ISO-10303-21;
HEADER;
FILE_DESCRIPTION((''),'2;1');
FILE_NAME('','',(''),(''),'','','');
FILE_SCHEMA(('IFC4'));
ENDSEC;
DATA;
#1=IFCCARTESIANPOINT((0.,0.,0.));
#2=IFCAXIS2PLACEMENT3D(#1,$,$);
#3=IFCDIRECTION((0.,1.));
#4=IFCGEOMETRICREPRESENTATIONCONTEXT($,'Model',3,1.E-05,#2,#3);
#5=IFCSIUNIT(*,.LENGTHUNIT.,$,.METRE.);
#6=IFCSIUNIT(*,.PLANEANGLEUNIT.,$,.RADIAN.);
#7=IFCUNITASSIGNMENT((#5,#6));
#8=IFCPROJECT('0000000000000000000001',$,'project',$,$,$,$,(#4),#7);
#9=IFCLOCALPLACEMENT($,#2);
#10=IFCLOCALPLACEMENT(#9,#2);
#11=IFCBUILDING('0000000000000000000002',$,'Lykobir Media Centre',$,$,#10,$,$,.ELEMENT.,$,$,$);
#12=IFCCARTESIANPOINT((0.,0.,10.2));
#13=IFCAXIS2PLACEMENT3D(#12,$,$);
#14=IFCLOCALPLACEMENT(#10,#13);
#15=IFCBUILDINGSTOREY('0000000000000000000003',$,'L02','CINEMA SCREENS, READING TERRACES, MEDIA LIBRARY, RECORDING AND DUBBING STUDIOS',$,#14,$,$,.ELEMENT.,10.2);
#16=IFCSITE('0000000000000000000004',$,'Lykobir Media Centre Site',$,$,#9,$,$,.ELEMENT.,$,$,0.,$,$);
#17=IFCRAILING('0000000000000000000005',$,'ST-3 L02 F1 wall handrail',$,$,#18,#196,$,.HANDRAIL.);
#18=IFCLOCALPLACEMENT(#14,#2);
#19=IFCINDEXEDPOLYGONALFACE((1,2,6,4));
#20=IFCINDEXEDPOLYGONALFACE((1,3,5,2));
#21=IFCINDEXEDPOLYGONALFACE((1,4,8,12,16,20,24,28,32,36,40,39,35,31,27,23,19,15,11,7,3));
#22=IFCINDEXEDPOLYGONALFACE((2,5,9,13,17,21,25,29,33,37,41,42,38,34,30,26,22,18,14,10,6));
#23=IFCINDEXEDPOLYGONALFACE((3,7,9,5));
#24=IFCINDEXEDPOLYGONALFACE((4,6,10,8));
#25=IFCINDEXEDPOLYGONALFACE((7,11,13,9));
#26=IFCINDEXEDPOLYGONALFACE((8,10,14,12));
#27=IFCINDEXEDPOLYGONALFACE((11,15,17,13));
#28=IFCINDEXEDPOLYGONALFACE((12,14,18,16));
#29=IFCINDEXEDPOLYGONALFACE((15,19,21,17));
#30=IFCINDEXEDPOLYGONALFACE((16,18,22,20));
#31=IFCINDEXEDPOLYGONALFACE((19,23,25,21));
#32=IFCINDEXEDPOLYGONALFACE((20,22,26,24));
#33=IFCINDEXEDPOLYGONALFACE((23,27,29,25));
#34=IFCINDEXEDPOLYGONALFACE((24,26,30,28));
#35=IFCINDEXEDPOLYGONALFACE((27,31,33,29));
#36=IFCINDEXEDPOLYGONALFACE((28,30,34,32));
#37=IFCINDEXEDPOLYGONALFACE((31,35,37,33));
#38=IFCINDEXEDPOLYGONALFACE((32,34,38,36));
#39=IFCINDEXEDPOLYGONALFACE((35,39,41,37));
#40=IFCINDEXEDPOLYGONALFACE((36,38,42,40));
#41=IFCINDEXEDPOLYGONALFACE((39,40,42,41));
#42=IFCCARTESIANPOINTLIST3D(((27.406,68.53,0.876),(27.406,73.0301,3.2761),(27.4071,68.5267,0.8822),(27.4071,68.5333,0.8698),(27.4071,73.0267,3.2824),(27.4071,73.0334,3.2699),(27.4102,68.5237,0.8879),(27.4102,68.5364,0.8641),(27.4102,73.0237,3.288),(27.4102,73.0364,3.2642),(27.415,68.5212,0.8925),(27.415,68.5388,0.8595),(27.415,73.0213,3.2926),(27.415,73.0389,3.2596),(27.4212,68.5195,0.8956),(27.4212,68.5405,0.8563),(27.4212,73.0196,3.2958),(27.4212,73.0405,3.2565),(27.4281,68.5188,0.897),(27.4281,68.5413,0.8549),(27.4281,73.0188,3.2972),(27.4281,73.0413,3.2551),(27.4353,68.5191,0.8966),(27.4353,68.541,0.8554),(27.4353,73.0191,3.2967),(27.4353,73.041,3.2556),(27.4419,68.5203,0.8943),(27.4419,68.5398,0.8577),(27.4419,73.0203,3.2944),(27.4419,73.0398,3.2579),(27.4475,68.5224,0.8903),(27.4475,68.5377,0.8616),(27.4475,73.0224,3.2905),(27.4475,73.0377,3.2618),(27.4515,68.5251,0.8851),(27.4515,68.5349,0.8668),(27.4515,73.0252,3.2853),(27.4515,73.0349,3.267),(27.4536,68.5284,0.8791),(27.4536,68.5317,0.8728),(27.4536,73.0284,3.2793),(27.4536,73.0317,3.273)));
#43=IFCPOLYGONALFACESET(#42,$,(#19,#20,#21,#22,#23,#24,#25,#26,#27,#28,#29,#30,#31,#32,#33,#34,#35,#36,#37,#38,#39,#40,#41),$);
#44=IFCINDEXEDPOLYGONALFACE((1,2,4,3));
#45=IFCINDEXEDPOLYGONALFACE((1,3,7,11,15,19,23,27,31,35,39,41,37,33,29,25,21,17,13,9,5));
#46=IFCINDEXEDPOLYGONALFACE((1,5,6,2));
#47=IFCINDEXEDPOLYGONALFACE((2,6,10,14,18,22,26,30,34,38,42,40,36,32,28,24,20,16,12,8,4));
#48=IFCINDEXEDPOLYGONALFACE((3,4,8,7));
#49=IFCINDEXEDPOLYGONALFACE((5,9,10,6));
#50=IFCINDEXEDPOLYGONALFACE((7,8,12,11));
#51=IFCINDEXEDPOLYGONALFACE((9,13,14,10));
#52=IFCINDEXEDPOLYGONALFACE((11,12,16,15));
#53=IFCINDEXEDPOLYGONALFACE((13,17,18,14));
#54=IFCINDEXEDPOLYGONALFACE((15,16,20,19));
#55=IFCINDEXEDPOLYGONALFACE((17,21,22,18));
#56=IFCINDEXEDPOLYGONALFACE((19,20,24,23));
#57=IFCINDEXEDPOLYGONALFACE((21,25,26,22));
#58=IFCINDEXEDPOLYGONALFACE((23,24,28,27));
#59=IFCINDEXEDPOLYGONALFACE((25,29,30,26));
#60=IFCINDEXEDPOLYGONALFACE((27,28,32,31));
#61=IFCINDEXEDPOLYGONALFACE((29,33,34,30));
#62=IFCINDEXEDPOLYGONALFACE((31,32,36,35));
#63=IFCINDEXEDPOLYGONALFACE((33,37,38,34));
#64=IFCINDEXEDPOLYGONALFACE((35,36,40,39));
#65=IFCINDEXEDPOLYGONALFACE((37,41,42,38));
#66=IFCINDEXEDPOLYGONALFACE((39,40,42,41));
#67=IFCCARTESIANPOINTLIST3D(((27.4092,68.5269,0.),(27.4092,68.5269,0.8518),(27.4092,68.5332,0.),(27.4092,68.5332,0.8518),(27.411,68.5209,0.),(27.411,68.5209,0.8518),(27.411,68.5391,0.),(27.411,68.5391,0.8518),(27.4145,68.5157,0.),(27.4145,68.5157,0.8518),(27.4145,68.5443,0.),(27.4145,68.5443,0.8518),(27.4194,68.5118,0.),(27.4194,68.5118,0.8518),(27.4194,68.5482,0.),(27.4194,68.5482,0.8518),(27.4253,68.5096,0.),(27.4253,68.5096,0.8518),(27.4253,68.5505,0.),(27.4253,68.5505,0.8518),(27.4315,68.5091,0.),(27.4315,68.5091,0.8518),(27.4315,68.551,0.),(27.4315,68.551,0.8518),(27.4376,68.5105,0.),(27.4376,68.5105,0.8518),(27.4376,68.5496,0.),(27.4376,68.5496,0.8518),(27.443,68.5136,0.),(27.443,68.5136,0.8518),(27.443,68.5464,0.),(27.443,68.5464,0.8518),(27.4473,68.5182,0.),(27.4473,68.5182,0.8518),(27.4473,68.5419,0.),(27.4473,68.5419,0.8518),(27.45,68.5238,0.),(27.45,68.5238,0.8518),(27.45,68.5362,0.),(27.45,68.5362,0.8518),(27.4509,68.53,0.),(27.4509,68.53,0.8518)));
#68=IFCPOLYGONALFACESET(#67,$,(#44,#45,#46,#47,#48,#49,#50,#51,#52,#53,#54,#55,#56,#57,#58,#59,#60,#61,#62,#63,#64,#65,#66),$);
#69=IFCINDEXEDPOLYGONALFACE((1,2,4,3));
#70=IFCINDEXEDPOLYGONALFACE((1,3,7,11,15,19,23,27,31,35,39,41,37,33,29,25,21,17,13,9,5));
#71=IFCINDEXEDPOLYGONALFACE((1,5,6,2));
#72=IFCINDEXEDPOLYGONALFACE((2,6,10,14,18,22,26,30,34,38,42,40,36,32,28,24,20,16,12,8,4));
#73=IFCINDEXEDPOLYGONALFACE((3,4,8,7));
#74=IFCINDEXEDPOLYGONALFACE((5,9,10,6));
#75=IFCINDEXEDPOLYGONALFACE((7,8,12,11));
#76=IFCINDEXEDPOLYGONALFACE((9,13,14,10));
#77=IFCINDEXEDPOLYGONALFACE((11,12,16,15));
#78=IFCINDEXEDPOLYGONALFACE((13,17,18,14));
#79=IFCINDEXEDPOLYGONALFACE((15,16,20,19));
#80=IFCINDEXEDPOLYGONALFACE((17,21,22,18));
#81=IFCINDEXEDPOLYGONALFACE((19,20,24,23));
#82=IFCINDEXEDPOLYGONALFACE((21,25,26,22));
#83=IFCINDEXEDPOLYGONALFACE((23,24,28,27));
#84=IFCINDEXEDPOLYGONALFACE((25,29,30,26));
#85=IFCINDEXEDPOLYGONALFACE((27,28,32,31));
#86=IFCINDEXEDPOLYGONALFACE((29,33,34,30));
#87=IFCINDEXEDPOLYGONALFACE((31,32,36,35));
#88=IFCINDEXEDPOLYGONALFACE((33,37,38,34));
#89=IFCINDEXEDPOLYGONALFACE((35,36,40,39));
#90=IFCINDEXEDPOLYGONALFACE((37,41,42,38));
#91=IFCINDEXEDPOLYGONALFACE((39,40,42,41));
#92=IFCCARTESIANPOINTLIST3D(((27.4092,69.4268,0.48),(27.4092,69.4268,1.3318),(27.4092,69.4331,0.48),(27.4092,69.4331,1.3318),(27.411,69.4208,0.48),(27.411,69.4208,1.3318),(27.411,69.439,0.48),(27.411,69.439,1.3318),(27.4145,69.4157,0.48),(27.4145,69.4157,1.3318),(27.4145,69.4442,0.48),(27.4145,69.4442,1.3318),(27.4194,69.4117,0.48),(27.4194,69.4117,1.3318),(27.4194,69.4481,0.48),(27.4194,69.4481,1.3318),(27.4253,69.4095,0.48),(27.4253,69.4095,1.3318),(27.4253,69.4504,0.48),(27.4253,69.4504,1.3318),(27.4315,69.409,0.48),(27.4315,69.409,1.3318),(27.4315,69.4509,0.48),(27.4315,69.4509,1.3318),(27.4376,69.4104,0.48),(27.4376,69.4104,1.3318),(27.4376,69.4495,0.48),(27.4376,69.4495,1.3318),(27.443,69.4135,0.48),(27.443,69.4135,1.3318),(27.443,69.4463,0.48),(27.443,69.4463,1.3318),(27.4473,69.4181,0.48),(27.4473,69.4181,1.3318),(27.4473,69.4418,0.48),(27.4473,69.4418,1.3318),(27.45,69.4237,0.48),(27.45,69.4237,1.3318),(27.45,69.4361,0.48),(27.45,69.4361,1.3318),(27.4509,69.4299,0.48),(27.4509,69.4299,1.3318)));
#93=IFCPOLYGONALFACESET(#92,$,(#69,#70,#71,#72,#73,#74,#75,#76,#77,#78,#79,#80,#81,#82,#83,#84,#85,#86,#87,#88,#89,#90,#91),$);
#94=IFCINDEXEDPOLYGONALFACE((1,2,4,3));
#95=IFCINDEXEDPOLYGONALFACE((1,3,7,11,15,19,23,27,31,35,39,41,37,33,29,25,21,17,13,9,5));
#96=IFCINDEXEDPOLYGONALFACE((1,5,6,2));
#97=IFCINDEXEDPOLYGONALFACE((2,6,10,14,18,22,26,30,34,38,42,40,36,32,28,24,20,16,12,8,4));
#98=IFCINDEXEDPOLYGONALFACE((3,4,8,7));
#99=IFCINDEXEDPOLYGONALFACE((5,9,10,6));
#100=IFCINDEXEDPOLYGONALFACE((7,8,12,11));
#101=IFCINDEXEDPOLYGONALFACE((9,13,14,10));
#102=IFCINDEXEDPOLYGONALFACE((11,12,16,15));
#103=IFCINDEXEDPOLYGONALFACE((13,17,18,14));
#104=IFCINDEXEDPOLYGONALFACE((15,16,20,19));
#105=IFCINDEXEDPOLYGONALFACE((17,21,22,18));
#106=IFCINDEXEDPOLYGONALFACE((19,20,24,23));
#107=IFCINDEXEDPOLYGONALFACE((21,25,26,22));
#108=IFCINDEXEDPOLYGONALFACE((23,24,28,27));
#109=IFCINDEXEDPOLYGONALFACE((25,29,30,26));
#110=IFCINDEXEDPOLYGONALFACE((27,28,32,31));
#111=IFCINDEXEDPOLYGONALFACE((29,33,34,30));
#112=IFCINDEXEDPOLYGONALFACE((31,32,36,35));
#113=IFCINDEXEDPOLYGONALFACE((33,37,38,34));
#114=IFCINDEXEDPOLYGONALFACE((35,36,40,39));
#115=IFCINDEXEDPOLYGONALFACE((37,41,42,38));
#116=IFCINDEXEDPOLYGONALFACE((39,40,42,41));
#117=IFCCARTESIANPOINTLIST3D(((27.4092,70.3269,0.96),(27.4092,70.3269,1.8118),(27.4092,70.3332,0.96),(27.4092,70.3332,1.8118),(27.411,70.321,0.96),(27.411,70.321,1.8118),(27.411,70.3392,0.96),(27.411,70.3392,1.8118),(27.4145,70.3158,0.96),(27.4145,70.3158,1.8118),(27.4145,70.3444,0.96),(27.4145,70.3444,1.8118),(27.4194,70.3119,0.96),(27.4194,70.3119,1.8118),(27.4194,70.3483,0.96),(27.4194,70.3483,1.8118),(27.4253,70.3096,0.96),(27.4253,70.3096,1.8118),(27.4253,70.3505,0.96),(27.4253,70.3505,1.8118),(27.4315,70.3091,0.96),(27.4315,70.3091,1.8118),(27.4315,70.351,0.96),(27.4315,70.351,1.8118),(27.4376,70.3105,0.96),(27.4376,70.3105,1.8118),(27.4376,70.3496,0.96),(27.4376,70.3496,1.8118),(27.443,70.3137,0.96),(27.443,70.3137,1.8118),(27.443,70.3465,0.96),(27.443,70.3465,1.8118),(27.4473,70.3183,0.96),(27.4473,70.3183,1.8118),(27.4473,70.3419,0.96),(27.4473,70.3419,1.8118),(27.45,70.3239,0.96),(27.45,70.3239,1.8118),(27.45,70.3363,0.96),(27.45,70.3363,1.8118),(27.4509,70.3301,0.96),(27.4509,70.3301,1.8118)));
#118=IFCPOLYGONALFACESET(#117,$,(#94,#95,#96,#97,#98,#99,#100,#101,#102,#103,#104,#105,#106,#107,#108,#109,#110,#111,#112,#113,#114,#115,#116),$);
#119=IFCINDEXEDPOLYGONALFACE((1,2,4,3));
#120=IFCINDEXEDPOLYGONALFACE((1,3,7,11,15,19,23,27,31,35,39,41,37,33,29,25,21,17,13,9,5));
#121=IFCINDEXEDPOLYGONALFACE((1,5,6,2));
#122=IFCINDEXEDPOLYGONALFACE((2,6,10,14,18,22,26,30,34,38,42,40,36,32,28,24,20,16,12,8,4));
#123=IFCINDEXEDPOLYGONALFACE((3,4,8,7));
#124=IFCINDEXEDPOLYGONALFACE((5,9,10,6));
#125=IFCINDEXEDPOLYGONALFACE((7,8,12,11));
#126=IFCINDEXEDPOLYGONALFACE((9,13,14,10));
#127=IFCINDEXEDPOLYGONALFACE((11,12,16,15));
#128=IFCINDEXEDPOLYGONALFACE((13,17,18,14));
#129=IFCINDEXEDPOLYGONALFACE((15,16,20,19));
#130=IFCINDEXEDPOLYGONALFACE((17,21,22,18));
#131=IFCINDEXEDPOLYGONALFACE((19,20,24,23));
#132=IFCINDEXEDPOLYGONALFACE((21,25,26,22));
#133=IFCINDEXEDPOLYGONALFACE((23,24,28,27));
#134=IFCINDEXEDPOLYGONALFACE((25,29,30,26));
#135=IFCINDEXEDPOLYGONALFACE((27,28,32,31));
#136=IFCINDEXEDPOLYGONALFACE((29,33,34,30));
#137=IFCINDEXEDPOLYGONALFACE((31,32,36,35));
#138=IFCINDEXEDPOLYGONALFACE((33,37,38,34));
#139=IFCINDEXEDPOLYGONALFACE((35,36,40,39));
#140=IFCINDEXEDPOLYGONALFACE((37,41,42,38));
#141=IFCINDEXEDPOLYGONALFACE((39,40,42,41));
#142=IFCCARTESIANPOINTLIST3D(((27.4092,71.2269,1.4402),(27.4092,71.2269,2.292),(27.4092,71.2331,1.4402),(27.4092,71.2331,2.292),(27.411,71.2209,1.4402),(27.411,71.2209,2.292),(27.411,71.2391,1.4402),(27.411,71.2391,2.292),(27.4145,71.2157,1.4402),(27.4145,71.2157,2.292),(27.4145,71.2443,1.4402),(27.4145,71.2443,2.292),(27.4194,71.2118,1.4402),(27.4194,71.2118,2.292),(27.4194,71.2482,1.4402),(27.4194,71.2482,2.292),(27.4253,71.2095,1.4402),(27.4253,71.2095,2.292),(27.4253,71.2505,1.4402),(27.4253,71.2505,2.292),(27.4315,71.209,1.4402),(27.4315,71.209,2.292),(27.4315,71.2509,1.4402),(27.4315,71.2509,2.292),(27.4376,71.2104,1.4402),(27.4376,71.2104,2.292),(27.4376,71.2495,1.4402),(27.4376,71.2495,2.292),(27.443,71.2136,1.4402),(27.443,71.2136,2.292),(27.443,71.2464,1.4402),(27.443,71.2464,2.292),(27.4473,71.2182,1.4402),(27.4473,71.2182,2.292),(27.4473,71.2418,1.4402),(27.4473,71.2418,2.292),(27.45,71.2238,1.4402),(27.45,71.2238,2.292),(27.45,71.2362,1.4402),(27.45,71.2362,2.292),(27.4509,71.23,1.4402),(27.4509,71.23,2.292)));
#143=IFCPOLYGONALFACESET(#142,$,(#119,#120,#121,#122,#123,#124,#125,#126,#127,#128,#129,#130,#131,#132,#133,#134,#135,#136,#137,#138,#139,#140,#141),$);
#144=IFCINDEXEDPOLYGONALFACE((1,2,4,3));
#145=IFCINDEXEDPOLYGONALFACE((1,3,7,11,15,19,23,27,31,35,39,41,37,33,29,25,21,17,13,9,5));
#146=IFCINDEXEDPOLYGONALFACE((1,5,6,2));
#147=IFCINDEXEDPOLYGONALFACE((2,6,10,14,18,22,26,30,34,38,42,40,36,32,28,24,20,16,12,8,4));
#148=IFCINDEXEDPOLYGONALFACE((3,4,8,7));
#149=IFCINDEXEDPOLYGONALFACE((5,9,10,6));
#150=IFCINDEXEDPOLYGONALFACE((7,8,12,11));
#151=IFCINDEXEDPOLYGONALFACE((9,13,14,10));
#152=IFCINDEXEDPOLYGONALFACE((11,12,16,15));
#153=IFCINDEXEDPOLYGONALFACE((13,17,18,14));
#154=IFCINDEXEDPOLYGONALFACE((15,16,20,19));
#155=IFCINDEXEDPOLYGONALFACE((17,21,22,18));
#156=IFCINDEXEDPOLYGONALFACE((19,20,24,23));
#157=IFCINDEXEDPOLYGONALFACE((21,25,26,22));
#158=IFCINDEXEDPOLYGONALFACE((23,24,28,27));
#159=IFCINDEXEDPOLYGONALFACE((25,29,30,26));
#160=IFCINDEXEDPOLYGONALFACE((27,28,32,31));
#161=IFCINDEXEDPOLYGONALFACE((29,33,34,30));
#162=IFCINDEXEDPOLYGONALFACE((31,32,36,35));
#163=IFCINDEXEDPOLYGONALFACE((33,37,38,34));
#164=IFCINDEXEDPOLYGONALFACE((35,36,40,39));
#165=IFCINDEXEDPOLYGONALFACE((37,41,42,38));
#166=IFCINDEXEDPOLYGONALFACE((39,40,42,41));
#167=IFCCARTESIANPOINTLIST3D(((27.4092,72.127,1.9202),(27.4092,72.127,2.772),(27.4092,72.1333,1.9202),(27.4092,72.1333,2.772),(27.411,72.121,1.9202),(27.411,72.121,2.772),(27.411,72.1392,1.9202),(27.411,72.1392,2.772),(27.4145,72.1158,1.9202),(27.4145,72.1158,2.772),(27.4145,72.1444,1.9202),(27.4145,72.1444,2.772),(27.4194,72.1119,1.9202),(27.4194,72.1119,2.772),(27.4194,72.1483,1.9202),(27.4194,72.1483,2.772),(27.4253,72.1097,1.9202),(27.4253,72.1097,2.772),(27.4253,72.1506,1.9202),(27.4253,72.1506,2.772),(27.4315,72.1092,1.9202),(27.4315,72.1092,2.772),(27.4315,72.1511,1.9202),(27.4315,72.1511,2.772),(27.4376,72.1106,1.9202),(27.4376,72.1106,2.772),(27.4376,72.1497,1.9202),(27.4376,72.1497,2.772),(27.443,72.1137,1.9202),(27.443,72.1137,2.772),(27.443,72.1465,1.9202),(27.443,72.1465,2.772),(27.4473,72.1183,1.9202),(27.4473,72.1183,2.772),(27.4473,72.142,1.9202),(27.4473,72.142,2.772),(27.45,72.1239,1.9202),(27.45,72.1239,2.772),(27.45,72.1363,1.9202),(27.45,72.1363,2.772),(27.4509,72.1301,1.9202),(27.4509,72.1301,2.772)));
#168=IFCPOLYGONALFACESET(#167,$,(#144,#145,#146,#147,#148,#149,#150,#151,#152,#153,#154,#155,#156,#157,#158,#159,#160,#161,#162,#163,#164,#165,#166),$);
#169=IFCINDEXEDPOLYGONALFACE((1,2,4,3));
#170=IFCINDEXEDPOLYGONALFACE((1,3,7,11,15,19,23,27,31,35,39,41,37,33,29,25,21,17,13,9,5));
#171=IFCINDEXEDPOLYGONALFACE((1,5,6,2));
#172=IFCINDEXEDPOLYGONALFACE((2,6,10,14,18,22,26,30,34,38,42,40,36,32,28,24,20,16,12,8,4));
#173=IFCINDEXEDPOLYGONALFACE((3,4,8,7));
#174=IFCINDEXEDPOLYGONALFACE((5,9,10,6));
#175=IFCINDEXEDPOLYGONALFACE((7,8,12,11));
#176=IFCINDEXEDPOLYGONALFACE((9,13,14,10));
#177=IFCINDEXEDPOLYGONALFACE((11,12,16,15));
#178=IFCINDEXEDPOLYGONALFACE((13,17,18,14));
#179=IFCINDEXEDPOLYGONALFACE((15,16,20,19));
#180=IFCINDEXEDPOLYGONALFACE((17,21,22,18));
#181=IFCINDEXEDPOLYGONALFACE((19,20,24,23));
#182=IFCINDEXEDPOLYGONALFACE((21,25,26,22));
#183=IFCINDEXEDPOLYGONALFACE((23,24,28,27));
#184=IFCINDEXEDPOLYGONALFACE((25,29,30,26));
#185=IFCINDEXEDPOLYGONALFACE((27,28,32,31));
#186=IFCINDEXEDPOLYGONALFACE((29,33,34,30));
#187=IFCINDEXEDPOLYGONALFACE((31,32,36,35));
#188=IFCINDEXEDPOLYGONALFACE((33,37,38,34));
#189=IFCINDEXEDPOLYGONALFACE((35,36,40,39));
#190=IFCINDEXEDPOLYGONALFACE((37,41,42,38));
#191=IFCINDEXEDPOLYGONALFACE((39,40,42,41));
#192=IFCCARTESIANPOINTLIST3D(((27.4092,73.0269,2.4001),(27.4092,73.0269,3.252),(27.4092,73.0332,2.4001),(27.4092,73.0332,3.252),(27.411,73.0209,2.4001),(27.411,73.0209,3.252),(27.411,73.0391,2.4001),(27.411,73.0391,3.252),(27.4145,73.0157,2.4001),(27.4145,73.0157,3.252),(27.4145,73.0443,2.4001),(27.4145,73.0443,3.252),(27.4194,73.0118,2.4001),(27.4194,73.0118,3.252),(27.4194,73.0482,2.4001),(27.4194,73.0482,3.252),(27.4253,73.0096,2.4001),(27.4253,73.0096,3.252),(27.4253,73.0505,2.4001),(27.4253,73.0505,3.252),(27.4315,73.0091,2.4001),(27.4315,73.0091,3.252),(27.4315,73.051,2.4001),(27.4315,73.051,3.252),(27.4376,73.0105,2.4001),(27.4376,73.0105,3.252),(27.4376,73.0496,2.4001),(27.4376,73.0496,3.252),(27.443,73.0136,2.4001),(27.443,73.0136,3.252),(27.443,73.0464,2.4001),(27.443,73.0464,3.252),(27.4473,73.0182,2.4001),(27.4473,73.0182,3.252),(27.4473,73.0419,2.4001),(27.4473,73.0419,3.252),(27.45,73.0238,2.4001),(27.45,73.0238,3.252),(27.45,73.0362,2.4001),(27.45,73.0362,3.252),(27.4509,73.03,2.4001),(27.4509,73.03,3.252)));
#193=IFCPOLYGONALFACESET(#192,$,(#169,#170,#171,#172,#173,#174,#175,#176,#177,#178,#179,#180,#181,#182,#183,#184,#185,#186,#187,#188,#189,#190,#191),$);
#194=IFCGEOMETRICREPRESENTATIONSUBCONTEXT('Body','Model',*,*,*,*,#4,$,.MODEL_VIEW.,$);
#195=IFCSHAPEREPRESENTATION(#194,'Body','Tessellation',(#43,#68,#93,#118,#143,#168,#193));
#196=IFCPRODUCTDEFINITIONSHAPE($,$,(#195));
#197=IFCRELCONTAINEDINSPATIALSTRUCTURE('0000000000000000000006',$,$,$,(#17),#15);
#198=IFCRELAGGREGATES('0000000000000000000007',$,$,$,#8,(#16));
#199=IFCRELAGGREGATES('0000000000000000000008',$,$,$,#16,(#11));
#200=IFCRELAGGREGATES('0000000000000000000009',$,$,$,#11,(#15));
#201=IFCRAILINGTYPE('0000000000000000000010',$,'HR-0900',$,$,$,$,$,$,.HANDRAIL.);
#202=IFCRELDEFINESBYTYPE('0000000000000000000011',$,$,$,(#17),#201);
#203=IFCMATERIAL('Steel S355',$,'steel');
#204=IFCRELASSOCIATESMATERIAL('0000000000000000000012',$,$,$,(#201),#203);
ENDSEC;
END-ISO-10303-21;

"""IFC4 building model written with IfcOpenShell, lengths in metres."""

from ifc_helpers import new_model, si_unit, direction, frame, origin, origin_2d, place, context, subcontext, project, spatial, circle, extrude, material, type_object, element, save


model = new_model("IFC4")

# Units and contexts
model_context = context("Model", 3, precision=1e-05, world=origin(), true_north=direction((0.0, 1.0)))
body_context = subcontext(model_context, "Body", "Model", "MODEL_VIEW")
ifc_project = project(units=[si_unit("LENGTHUNIT", "METRE"), si_unit("PLANEANGLEUNIT", "RADIAN")], contexts=[model_context])

# Site, building, storey
site_placement = place(None, origin())
site = spatial("IfcSite", under=ifc_project, at=site_placement, Name="Lykobir Media Centre Site", CompositionType="ELEMENT", RefElevation=0.0)
building_placement = place(site_placement, origin())
building = spatial("IfcBuilding", under=site, at=building_placement, Name="Lykobir Media Centre", CompositionType="ELEMENT")
storey_placement = place(building_placement, frame((0.0, 0.0, 10.2)))
storey = spatial("IfcBuildingStorey", under=building, at=storey_placement, Name="L02", Description="CINEMA SCREENS, READING TERRACES, MEDIA LIBRARY, RECORDING AND DUBBING STUDIOS", CompositionType="ELEMENT", Elevation=10.2)

# Shared definitions
ifc_material_1 = material(Name="Steel S355", Category="steel")

# Railing
railing_type_1 = type_object("IfcRailingType", Name="HR-0900", PredefinedType="HANDRAIL", material=ifc_material_1)
railing_1_placement = place(storey_placement, frame((27.4299, 68.53, 0.0)))
element("IfcRailing", 1, at=railing_1_placement, inside=storey, type_object=railing_type_1, Name="ST-3 L02 F1 wall handrail", PredefinedType="HANDRAIL", context=body_context, shape_type="SweptSolid", body=[
    extrude(circle(Radius=0.0239, at=origin_2d()), frame((0.0, 0.0, 0.876), z_axis=(0.0, 0.882341, 0.470611), x_axis=(-1.0, 0.0, 0.0)), (0.0, 0.0, 1.0), 5.1001),
    extrude(circle(Radius=0.021, at=origin_2d()), origin(), (0.0, 0.0, 1.0), 0.8518),
    extrude(circle(Radius=0.021, at=origin_2d()), frame((0.0, 0.8999, 0.48)), (0.0, 0.0, 1.0), 0.8518),
    extrude(circle(Radius=0.021, at=origin_2d()), frame((0.0, 1.8, 0.96)), (0.0, 0.0, 1.0), 0.8518),
    extrude(circle(Radius=0.021, at=origin_2d()), frame((0.0, 2.7, 1.4402)), (0.0, 0.0, 1.0), 0.8518),
    extrude(circle(Radius=0.021, at=origin_2d()), frame((0.0, 3.6001, 1.9202)), (0.0, 0.0, 1.0), 0.8518),
    extrude(circle(Radius=0.021, at=origin_2d()), frame((0.0, 4.5, 2.4001)), (0.0, 0.0, 1.0), 0.8518),
])

save(model, "model.ifc")
